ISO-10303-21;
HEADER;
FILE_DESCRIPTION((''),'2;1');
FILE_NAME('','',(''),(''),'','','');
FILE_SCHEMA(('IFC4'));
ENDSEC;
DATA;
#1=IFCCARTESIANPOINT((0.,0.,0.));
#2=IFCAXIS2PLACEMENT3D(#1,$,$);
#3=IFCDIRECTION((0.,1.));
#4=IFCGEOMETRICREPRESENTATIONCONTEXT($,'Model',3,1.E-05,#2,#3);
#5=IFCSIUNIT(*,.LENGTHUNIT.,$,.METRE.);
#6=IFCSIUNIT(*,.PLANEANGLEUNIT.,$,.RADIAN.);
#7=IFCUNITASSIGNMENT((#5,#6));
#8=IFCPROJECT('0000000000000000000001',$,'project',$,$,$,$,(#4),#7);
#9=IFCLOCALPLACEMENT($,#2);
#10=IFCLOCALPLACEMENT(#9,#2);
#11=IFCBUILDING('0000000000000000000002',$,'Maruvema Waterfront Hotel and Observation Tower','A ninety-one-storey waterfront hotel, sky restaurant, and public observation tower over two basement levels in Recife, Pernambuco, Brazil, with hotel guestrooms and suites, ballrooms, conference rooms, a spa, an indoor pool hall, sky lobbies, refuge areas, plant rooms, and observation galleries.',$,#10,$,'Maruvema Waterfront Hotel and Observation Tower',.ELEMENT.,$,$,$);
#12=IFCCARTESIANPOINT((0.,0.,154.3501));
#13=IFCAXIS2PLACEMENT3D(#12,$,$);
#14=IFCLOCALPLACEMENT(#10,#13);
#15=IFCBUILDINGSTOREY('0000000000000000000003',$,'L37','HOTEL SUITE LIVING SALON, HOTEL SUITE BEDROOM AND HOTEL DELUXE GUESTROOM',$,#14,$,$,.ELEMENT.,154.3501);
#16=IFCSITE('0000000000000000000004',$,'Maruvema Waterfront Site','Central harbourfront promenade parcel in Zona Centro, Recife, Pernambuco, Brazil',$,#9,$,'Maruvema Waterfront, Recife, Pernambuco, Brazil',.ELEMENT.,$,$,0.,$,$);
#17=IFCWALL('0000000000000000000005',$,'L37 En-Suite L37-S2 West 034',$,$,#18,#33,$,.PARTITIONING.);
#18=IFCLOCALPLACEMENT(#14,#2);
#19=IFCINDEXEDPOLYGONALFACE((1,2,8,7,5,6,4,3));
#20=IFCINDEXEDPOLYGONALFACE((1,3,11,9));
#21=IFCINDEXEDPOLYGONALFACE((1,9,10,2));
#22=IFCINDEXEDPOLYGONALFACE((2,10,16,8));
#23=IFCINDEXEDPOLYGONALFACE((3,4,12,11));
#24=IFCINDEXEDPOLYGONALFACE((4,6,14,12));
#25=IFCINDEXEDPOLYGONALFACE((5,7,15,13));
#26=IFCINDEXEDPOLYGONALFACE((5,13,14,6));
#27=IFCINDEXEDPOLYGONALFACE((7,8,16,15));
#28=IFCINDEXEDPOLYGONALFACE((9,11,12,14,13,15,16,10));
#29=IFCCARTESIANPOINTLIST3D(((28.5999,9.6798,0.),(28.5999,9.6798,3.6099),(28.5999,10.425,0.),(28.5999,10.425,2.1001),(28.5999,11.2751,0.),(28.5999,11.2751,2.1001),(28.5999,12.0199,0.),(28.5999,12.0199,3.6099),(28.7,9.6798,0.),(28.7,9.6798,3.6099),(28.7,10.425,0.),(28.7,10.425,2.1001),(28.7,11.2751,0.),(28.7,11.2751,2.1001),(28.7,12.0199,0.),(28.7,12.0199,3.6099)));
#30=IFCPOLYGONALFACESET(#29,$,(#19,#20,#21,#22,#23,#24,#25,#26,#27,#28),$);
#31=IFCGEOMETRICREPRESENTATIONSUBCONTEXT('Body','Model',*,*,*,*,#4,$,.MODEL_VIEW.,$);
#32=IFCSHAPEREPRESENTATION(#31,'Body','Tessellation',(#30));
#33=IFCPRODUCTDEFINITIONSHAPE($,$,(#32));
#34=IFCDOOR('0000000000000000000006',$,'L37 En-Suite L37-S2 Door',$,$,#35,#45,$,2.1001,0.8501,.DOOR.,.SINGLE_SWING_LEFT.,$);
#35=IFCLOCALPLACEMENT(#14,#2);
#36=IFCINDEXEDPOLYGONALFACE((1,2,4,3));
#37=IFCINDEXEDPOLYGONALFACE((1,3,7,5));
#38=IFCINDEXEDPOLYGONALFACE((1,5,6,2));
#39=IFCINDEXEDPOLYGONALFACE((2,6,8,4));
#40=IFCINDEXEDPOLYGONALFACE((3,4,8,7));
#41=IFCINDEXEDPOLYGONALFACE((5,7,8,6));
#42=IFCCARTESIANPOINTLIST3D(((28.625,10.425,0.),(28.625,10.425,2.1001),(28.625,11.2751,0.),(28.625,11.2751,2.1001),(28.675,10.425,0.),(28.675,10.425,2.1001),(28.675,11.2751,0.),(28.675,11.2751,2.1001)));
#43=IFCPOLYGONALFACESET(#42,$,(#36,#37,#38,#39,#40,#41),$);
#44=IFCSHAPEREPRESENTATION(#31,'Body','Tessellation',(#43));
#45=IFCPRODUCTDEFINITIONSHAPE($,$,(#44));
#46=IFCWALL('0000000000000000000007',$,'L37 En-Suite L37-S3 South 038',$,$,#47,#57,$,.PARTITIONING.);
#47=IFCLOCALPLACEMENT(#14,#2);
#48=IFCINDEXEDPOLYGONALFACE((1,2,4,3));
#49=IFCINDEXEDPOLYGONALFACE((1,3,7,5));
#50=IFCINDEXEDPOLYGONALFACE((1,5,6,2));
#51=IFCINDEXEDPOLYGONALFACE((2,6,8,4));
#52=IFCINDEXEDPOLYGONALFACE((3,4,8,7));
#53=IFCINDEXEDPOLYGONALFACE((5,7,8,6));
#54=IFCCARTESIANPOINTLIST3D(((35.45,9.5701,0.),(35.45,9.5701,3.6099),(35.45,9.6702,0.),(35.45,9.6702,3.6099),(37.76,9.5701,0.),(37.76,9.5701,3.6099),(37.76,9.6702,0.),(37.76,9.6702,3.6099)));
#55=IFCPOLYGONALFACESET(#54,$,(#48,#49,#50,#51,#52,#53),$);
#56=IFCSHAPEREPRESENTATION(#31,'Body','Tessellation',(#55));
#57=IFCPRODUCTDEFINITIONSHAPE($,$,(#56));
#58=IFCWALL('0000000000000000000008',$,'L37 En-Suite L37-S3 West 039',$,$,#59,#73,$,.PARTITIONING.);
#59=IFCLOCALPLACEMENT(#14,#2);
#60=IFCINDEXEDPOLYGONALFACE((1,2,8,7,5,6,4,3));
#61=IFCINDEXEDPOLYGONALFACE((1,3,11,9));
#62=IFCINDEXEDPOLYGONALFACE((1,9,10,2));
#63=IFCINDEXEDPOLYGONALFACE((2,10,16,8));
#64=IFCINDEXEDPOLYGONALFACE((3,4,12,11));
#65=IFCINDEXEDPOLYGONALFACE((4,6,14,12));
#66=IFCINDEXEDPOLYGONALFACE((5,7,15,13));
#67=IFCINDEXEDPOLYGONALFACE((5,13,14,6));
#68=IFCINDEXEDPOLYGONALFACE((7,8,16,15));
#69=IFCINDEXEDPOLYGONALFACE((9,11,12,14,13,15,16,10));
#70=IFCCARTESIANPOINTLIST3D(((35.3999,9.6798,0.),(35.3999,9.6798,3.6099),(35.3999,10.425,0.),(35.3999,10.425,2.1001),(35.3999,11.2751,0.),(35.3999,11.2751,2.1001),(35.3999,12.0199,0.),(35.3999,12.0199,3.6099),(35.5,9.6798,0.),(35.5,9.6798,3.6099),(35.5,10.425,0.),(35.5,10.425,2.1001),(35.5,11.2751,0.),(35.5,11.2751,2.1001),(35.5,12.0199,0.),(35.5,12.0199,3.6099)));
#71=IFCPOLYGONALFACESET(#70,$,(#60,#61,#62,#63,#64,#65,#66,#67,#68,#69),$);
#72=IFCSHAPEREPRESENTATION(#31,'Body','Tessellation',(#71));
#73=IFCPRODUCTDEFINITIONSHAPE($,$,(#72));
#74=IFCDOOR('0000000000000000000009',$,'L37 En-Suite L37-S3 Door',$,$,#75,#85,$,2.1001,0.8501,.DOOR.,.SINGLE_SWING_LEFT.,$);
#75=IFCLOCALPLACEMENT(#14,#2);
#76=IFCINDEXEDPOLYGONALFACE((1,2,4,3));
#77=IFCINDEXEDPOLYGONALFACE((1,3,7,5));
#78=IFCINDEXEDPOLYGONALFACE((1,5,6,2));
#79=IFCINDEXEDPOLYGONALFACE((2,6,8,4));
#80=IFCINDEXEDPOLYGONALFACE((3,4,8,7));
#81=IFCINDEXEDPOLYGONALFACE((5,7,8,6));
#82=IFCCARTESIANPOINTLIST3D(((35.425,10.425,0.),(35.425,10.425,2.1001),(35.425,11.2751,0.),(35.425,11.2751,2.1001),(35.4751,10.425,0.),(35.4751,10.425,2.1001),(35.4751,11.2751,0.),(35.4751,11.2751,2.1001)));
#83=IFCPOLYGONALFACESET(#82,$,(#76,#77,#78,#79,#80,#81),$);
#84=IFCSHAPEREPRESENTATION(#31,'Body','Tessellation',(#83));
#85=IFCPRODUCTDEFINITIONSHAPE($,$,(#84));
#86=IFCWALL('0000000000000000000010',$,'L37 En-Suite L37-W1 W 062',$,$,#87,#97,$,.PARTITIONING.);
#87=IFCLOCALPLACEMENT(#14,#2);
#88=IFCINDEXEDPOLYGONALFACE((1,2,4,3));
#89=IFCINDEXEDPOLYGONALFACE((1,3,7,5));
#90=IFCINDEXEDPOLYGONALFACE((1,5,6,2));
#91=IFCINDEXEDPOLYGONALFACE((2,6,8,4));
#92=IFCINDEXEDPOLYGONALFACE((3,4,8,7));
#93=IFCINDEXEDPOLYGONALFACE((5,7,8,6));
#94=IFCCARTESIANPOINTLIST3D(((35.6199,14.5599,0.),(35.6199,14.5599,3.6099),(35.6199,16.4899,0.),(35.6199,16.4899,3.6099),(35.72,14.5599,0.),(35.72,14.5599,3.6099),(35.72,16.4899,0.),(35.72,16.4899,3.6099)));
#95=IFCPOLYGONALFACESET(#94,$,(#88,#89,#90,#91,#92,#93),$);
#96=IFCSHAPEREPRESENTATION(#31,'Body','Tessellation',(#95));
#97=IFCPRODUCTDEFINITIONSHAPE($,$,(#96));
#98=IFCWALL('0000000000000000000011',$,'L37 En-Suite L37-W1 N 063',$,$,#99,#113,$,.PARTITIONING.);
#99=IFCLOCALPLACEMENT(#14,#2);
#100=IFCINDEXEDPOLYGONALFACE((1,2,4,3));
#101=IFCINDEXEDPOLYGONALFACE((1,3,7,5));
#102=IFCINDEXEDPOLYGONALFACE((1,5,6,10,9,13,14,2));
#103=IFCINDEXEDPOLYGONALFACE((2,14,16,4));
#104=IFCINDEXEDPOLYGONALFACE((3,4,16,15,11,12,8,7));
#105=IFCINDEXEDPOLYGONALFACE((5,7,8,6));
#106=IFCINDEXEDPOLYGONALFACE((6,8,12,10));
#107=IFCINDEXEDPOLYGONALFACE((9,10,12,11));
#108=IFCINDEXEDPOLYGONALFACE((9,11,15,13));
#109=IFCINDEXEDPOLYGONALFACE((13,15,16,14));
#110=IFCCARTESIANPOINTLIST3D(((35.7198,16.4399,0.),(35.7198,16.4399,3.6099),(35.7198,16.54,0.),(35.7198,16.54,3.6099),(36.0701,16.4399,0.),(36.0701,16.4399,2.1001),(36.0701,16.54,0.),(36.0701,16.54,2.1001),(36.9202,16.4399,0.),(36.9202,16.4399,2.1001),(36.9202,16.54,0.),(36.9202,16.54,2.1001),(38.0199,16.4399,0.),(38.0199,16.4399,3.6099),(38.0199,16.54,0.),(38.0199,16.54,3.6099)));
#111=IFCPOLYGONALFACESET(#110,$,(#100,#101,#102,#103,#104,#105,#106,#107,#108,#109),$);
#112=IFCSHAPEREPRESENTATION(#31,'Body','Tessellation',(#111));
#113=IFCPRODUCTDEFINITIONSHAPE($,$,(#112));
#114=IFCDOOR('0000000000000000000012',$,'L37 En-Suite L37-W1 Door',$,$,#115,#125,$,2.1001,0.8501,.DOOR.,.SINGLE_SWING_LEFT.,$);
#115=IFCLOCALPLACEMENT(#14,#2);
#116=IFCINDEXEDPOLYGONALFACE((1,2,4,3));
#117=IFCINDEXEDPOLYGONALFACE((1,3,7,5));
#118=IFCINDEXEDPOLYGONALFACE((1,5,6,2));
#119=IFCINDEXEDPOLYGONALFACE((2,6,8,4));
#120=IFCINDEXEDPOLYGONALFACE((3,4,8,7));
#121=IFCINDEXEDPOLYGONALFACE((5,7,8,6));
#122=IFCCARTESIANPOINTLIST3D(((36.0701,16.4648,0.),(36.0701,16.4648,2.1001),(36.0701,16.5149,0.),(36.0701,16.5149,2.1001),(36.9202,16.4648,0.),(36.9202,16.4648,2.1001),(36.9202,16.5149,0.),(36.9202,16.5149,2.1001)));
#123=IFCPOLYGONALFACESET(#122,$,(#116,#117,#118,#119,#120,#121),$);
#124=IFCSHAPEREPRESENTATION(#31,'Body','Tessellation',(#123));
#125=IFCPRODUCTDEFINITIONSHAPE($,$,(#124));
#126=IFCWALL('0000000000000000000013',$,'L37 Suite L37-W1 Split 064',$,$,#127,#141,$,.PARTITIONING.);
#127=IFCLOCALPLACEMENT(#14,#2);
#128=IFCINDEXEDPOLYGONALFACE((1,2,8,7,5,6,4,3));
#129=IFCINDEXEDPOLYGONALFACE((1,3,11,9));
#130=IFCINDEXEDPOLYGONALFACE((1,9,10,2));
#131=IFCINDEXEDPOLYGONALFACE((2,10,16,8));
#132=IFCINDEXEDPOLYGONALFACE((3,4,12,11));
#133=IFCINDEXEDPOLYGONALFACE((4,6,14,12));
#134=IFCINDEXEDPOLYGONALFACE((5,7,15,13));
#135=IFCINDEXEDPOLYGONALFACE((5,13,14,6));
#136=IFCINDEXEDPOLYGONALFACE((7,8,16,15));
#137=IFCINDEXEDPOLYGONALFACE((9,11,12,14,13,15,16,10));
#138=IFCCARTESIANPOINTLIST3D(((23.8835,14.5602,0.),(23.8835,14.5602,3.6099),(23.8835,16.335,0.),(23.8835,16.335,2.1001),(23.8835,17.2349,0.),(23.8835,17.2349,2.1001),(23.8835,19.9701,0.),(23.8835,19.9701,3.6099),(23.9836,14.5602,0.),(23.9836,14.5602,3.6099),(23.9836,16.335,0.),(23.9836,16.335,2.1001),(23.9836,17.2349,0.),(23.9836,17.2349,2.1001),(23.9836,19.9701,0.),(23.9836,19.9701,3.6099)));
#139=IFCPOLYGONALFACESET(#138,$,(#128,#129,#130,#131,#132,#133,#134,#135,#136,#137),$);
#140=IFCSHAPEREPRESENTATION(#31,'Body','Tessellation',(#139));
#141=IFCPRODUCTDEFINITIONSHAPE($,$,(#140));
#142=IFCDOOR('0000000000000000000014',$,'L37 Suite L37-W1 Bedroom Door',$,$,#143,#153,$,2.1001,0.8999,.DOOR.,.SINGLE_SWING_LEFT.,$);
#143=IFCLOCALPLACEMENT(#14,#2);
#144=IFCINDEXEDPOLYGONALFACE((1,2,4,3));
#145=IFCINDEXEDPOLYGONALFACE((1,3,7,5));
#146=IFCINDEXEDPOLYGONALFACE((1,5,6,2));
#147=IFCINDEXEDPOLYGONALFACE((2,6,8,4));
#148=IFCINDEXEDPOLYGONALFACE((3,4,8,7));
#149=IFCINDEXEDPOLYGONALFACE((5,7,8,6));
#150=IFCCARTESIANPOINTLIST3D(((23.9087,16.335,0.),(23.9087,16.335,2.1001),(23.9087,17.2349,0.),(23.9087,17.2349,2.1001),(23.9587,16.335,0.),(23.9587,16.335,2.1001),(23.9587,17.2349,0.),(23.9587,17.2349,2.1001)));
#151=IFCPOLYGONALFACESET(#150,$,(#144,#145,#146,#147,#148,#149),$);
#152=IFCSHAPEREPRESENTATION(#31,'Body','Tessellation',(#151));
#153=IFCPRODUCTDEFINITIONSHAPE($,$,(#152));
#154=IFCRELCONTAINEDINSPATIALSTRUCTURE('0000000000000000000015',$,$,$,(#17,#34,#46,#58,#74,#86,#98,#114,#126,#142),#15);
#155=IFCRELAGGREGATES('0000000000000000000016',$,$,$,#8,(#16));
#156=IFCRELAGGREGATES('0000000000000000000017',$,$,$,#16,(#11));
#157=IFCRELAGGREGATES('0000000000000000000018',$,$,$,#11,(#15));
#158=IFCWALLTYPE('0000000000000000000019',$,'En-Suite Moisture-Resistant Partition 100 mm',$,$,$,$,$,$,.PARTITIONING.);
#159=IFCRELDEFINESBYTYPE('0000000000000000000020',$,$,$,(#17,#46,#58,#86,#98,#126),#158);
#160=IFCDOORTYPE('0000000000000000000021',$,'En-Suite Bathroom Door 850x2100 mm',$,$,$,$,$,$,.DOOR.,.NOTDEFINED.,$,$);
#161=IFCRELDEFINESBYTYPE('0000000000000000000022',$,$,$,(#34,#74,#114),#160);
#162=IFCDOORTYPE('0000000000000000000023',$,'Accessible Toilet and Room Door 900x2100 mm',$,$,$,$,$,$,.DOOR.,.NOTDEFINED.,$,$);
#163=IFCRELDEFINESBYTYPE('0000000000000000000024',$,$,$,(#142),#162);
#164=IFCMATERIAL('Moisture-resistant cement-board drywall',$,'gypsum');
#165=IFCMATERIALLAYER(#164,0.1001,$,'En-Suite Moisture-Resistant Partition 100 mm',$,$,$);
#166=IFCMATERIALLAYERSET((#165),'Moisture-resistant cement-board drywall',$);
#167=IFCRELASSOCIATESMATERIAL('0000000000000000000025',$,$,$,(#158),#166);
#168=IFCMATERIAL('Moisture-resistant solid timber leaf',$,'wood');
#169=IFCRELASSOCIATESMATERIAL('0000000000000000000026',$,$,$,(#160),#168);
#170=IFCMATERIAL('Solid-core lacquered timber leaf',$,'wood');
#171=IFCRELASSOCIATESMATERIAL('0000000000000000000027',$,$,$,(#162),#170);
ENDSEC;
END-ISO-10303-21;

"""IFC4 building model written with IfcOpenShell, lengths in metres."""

from ifc_helpers import new_model, si_unit, direction, frame, frame_2d, origin, place, context, subcontext, project, spatial, rectangle, extrude, material, layer, layer_set, type_object, element, fill, save


model = new_model("IFC4")

# Units and contexts
model_context = context("Model", 3, precision=1e-05, world=origin(), true_north=direction((0.0, 1.0)))
body_context = subcontext(model_context, "Body", "Model", "MODEL_VIEW")
ifc_project = project(units=[si_unit("LENGTHUNIT", "METRE"), si_unit("PLANEANGLEUNIT", "RADIAN")], contexts=[model_context])

# Site, building, storey
site_placement = place(None, origin())
site = spatial("IfcSite", under=ifc_project, at=site_placement, Name="Maruvema Waterfront Site", Description="Central harbourfront promenade parcel in Zona Centro, Recife, Pernambuco, Brazil", LongName="Maruvema Waterfront, Recife, Pernambuco, Brazil", CompositionType="ELEMENT", RefElevation=0.0)
building_placement = place(site_placement, origin())
building = spatial("IfcBuilding", under=site, at=building_placement, Name="Maruvema Waterfront Hotel and Observation Tower", Description="A ninety-one-storey waterfront hotel, sky restaurant, and public observation tower over two basement levels in Recife, Pernambuco, Brazil, with hotel guestrooms and suites, ballrooms, conference rooms, a spa, an indoor pool hall, sky lobbies, refuge areas, plant rooms, and observation galleries.", LongName="Maruvema Waterfront Hotel and Observation Tower", CompositionType="ELEMENT")
storey_placement = place(building_placement, frame((0.0, 0.0, 154.3501)))
storey = spatial("IfcBuildingStorey", under=building, at=storey_placement, Name="L37", Description="HOTEL SUITE LIVING SALON, HOTEL SUITE BEDROOM AND HOTEL DELUXE GUESTROOM", CompositionType="ELEMENT", Elevation=154.3501)

# Shared definitions
ifc_material_1 = material(Name="Moisture-resistant cement-board drywall", Category="gypsum")
ifc_layer_1 = layer(ifc_material_1, 0.1001, Name="En-Suite Moisture-Resistant Partition 100 mm")
ifc_layer_set_1 = layer_set([ifc_layer_1], Name="Moisture-resistant cement-board drywall")
wall_type_1 = type_object("IfcWallType", Name="En-Suite Moisture-Resistant Partition 100 mm", PredefinedType="PARTITIONING", material=ifc_layer_set_1)

# Wall, opening, door
wall_1_placement = place(storey_placement, frame((28.6499, 9.6799, 0.0), z_axis=(0.0, 0.0, 1.0), x_axis=(0.0, 1.0, 0.0)))
wall_1 = element("IfcWall", 1, at=wall_1_placement, inside=storey, type_object=wall_type_1, Name="L37 En-Suite L37-S2 West 034", PredefinedType="PARTITIONING", context=body_context, shape_type="SweptSolid", body=[
    extrude(rectangle(XDim=2.3401, YDim=0.1001, at=frame_2d((1.1699, 0.0))), origin(), (0.0, 0.0, 1.0), 3.6099),
])
opening_1_placement = place(wall_1_placement, frame((0.7451, 0.0, 0.0)))
opening_1 = element("IfcOpeningElement", 2, at=opening_1_placement, cuts=wall_1, PredefinedType="OPENING", context=body_context, shape_type="SweptSolid", body=[
    extrude(rectangle(XDim=0.8501, YDim=2.1001, at=frame_2d((0.425, 1.05))), frame((0.0, 0.0601, 0.0), z_axis=(0.0, -1.0, 0.0), x_axis=(1.0, 0.0, 0.0)), (0.0, 0.0, 1.0), 0.1201),
])
ifc_material_2 = material(Name="Moisture-resistant solid timber leaf", Category="wood")
door_type_1 = type_object("IfcDoorType", Name="En-Suite Bathroom Door 850x2100 mm", OperationType="NOTDEFINED", PredefinedType="DOOR", material=ifc_material_2)
door_1_placement = place(opening_1_placement, origin())
door_1 = element("IfcDoor", 3, at=door_1_placement, inside=storey, type_object=door_type_1, Name="L37 En-Suite L37-S2 Door", OperationType="SINGLE_SWING_LEFT", OverallHeight=2.1001, OverallWidth=0.8501, PredefinedType="DOOR", context=body_context, shape_type="SweptSolid", body=[
    extrude(rectangle(XDim=0.8501, YDim=2.1001, at=frame_2d((0.425, 1.05))), frame((0.0, 0.0249, 0.0), z_axis=(0.0, -1.0, 0.0), x_axis=(1.0, 0.0, 0.0)), (0.0, 0.0, 1.0), 0.05),
])
fill(opening_1, door_1)

# Wall
wall_2_placement = place(storey_placement, frame((35.45, 9.6201, 0.0), z_axis=(0.0, 0.0, 1.0), x_axis=(1.0, 0.0, 0.0)))
element("IfcWall", 4, at=wall_2_placement, inside=storey, type_object=wall_type_1, Name="L37 En-Suite L37-S3 South 038", PredefinedType="PARTITIONING", context=body_context, shape_type="SweptSolid", body=[
    extrude(rectangle(XDim=2.3101, YDim=0.1001, at=frame_2d((1.155, 0.0))), origin(), (0.0, 0.0, 1.0), 3.6099),
])

# Wall, opening, door
wall_3_placement = place(storey_placement, frame((35.45, 9.6799, 0.0), z_axis=(0.0, 0.0, 1.0), x_axis=(0.0, 1.0, 0.0)))
wall_3 = element("IfcWall", 5, at=wall_3_placement, inside=storey, type_object=wall_type_1, Name="L37 En-Suite L37-S3 West 039", PredefinedType="PARTITIONING", context=body_context, shape_type="SweptSolid", body=[
    extrude(rectangle(XDim=2.3401, YDim=0.1001, at=frame_2d((1.1699, 0.0))), origin(), (0.0, 0.0, 1.0), 3.6099),
])
opening_2_placement = place(wall_3_placement, frame((0.7451, 0.0, 0.0)))
opening_2 = element("IfcOpeningElement", 6, at=opening_2_placement, cuts=wall_3, PredefinedType="OPENING", context=body_context, shape_type="SweptSolid", body=[
    extrude(rectangle(XDim=0.8501, YDim=2.1001, at=frame_2d((0.425, 1.05))), frame((0.0, 0.0601, 0.0), z_axis=(0.0, -1.0, 0.0), x_axis=(1.0, 0.0, 0.0)), (0.0, 0.0, 1.0), 0.1201),
])
door_2_placement = place(opening_2_placement, origin())
door_2 = element("IfcDoor", 7, at=door_2_placement, inside=storey, type_object=door_type_1, Name="L37 En-Suite L37-S3 Door", OperationType="SINGLE_SWING_LEFT", OverallHeight=2.1001, OverallWidth=0.8501, PredefinedType="DOOR", context=body_context, shape_type="SweptSolid", body=[
    extrude(rectangle(XDim=0.8501, YDim=2.1001, at=frame_2d((0.425, 1.05))), frame((0.0, 0.0249, 0.0), z_axis=(0.0, -1.0, 0.0), x_axis=(1.0, 0.0, 0.0)), (0.0, 0.0, 1.0), 0.05),
])
fill(opening_2, door_2)

# Wall
wall_4_placement = place(storey_placement, frame((35.6699, 14.5601, 0.0), z_axis=(0.0, 0.0, 1.0), x_axis=(0.0, 1.0, 0.0)))
element("IfcWall", 8, at=wall_4_placement, inside=storey, type_object=wall_type_1, Name="L37 En-Suite L37-W1 W 062", PredefinedType="PARTITIONING", context=body_context, shape_type="SweptSolid", body=[
    extrude(rectangle(XDim=1.9299, YDim=0.1001, at=frame_2d((0.9648, 0.0))), origin(), (0.0, 0.0, 1.0), 3.6099),
])

# Walls, openings, doors
wall_5_placement = place(storey_placement, frame((35.72, 16.49, 0.0), z_axis=(0.0, 0.0, 1.0), x_axis=(1.0, 0.0, 0.0)))
wall_5 = element("IfcWall", 9, at=wall_5_placement, inside=storey, type_object=wall_type_1, Name="L37 En-Suite L37-W1 N 063", PredefinedType="PARTITIONING", context=body_context, shape_type="SweptSolid", body=[
    extrude(rectangle(XDim=2.3, YDim=0.1001, at=frame_2d((1.1499, 0.0))), origin(), (0.0, 0.0, 1.0), 3.6099),
])
opening_3_placement = place(wall_5_placement, frame((0.3501, 0.0, 0.0)))
opening_3 = element("IfcOpeningElement", 10, at=opening_3_placement, cuts=wall_5, PredefinedType="OPENING", context=body_context, shape_type="SweptSolid", body=[
    extrude(rectangle(XDim=0.8501, YDim=2.1001, at=frame_2d((0.425, 1.05))), frame((0.0, 0.0601, 0.0), z_axis=(0.0, -1.0, 0.0), x_axis=(1.0, 0.0, 0.0)), (0.0, 0.0, 1.0), 0.1201),
])
door_3_placement = place(opening_3_placement, origin())
door_3 = element("IfcDoor", 11, at=door_3_placement, inside=storey, type_object=door_type_1, Name="L37 En-Suite L37-W1 Door", OperationType="SINGLE_SWING_LEFT", OverallHeight=2.1001, OverallWidth=0.8501, PredefinedType="DOOR", context=body_context, shape_type="SweptSolid", body=[
    extrude(rectangle(XDim=0.8501, YDim=2.1001, at=frame_2d((0.425, 1.05))), frame((0.0, 0.0249, 0.0), z_axis=(0.0, -1.0, 0.0), x_axis=(1.0, 0.0, 0.0)), (0.0, 0.0, 1.0), 0.05),
])
fill(opening_3, door_3)
wall_6_placement = place(storey_placement, frame((23.9336, 14.5601, 0.0), z_axis=(0.0, 0.0, 1.0), x_axis=(0.0, 1.0, 0.0)))
wall_6 = element("IfcWall", 12, at=wall_6_placement, inside=storey, type_object=wall_type_1, Name="L37 Suite L37-W1 Split 064", PredefinedType="PARTITIONING", context=body_context, shape_type="SweptSolid", body=[
    extrude(rectangle(XDim=5.4099, YDim=0.1001, at=frame_2d((2.7051, 0.0))), origin(), (0.0, 0.0, 1.0), 3.6099),
])
opening_4_placement = place(wall_6_placement, frame((1.7749, 0.0, 0.0)))
opening_4 = element("IfcOpeningElement", 13, at=opening_4_placement, cuts=wall_6, PredefinedType="OPENING", context=body_context, shape_type="SweptSolid", body=[
    extrude(rectangle(XDim=0.8999, YDim=2.1001, at=frame_2d((0.45, 1.05))), frame((0.0, 0.0601, 0.0), z_axis=(0.0, -1.0, 0.0), x_axis=(1.0, 0.0, 0.0)), (0.0, 0.0, 1.0), 0.1201),
])
ifc_material_3 = material(Name="Solid-core lacquered timber leaf", Category="wood")
door_type_2 = type_object("IfcDoorType", Name="Accessible Toilet and Room Door 900x2100 mm", OperationType="NOTDEFINED", PredefinedType="DOOR", material=ifc_material_3)
door_4_placement = place(opening_4_placement, origin())
door_4 = element("IfcDoor", 14, at=door_4_placement, inside=storey, type_object=door_type_2, Name="L37 Suite L37-W1 Bedroom Door", OperationType="SINGLE_SWING_LEFT", OverallHeight=2.1001, OverallWidth=0.8999, PredefinedType="DOOR", context=body_context, shape_type="SweptSolid", body=[
    extrude(rectangle(XDim=0.8999, YDim=2.1001, at=frame_2d((0.45, 1.05))), frame((0.0, 0.0249, 0.0), z_axis=(0.0, -1.0, 0.0), x_axis=(1.0, 0.0, 0.0)), (0.0, 0.0, 1.0), 0.05),
])
fill(opening_4, door_4)

save(model, "model.ifc")
